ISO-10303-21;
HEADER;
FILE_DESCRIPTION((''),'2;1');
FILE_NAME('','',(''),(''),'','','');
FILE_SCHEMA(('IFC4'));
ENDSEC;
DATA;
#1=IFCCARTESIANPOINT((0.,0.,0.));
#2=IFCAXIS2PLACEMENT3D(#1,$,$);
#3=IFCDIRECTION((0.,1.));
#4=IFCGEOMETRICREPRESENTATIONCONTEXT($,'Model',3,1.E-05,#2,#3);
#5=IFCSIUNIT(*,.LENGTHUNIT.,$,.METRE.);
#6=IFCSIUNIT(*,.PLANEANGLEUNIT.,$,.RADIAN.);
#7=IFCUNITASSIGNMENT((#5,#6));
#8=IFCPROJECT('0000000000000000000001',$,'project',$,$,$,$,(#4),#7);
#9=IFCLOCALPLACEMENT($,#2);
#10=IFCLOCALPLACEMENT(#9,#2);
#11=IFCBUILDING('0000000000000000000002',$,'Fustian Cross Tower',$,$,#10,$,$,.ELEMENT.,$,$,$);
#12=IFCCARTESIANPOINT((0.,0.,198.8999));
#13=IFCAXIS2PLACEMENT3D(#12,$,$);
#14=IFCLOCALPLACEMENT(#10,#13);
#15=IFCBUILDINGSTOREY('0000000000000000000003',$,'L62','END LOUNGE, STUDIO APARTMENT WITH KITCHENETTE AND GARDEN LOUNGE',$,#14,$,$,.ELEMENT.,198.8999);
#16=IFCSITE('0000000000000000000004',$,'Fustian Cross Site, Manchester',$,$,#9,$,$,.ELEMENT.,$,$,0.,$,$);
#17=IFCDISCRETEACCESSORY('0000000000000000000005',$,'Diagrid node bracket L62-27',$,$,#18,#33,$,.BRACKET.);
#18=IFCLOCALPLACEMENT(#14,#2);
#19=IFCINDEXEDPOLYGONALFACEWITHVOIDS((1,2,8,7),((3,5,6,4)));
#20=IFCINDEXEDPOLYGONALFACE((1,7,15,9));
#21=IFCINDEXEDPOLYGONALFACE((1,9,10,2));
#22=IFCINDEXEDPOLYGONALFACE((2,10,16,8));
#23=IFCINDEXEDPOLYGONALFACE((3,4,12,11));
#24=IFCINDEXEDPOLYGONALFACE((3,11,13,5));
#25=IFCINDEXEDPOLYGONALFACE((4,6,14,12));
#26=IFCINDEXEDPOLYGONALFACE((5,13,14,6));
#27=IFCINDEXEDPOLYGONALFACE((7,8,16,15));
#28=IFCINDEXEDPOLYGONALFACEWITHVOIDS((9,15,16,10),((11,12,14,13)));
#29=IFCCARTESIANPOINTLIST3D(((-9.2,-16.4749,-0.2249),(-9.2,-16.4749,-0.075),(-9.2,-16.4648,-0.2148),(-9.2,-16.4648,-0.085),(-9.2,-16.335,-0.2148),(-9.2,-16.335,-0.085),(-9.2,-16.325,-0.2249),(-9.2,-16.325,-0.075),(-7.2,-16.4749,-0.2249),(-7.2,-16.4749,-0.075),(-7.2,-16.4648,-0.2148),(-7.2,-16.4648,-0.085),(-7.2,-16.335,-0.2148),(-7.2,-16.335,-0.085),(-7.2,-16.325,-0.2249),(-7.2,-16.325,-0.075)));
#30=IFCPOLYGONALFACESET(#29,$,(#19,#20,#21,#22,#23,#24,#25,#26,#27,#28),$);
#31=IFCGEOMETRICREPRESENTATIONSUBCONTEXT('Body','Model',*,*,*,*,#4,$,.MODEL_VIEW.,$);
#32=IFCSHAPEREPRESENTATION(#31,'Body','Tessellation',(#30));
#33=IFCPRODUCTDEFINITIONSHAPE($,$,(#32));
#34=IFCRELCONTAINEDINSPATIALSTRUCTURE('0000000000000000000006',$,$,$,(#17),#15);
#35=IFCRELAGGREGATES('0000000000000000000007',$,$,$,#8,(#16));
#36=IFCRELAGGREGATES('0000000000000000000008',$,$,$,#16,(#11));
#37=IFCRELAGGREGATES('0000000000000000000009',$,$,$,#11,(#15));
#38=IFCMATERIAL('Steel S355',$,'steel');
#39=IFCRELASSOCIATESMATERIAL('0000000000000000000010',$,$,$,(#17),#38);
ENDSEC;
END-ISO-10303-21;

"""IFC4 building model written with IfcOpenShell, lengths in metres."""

from ifc_helpers import new_model, si_unit, direction, frame, origin, origin_2d, place, context, subcontext, project, spatial, hollow_rectangle, extrude, material, element, save


model = new_model("IFC4")

# Units and contexts
model_context = context("Model", 3, precision=1e-05, world=origin(), true_north=direction((0.0, 1.0)))
body_context = subcontext(model_context, "Body", "Model", "MODEL_VIEW")
ifc_project = project(units=[si_unit("LENGTHUNIT", "METRE"), si_unit("PLANEANGLEUNIT", "RADIAN")], contexts=[model_context])

# Site, building, storey
site_placement = place(None, origin())
site = spatial("IfcSite", under=ifc_project, at=site_placement, Name="Fustian Cross Site, Manchester", CompositionType="ELEMENT", RefElevation=0.0)
building_placement = place(site_placement, origin())
building = spatial("IfcBuilding", under=site, at=building_placement, Name="Fustian Cross Tower", CompositionType="ELEMENT")
storey_placement = place(building_placement, frame((0.0, 0.0, 198.8999)))
storey = spatial("IfcBuildingStorey", under=building, at=storey_placement, Name="L62", Description="END LOUNGE, STUDIO APARTMENT WITH KITCHENETTE AND GARDEN LOUNGE", CompositionType="ELEMENT", Elevation=198.8999)

# Discrete accessory
ifc_material_1 = material(Name="Steel S355", Category="steel")
discrete_accessory_placement = place(storey_placement, frame((-9.2, -16.3999, -0.1499), z_axis=(1.0, 0.0, 0.0), x_axis=(0.0, 1.0, 0.0)))
element("IfcDiscreteAccessory", 1, at=discrete_accessory_placement, inside=storey, material=ifc_material_1, Name="Diagrid node bracket L62-27", PredefinedType="BRACKET", context=body_context, shape_type="SweptSolid", body=[
    extrude(hollow_rectangle(XDim=0.1499, YDim=0.1499, WallThickness=0.01, at=origin_2d()), origin(), (0.0, 0.0, 1.0), 2.0),
])

save(model, "model.ifc")
